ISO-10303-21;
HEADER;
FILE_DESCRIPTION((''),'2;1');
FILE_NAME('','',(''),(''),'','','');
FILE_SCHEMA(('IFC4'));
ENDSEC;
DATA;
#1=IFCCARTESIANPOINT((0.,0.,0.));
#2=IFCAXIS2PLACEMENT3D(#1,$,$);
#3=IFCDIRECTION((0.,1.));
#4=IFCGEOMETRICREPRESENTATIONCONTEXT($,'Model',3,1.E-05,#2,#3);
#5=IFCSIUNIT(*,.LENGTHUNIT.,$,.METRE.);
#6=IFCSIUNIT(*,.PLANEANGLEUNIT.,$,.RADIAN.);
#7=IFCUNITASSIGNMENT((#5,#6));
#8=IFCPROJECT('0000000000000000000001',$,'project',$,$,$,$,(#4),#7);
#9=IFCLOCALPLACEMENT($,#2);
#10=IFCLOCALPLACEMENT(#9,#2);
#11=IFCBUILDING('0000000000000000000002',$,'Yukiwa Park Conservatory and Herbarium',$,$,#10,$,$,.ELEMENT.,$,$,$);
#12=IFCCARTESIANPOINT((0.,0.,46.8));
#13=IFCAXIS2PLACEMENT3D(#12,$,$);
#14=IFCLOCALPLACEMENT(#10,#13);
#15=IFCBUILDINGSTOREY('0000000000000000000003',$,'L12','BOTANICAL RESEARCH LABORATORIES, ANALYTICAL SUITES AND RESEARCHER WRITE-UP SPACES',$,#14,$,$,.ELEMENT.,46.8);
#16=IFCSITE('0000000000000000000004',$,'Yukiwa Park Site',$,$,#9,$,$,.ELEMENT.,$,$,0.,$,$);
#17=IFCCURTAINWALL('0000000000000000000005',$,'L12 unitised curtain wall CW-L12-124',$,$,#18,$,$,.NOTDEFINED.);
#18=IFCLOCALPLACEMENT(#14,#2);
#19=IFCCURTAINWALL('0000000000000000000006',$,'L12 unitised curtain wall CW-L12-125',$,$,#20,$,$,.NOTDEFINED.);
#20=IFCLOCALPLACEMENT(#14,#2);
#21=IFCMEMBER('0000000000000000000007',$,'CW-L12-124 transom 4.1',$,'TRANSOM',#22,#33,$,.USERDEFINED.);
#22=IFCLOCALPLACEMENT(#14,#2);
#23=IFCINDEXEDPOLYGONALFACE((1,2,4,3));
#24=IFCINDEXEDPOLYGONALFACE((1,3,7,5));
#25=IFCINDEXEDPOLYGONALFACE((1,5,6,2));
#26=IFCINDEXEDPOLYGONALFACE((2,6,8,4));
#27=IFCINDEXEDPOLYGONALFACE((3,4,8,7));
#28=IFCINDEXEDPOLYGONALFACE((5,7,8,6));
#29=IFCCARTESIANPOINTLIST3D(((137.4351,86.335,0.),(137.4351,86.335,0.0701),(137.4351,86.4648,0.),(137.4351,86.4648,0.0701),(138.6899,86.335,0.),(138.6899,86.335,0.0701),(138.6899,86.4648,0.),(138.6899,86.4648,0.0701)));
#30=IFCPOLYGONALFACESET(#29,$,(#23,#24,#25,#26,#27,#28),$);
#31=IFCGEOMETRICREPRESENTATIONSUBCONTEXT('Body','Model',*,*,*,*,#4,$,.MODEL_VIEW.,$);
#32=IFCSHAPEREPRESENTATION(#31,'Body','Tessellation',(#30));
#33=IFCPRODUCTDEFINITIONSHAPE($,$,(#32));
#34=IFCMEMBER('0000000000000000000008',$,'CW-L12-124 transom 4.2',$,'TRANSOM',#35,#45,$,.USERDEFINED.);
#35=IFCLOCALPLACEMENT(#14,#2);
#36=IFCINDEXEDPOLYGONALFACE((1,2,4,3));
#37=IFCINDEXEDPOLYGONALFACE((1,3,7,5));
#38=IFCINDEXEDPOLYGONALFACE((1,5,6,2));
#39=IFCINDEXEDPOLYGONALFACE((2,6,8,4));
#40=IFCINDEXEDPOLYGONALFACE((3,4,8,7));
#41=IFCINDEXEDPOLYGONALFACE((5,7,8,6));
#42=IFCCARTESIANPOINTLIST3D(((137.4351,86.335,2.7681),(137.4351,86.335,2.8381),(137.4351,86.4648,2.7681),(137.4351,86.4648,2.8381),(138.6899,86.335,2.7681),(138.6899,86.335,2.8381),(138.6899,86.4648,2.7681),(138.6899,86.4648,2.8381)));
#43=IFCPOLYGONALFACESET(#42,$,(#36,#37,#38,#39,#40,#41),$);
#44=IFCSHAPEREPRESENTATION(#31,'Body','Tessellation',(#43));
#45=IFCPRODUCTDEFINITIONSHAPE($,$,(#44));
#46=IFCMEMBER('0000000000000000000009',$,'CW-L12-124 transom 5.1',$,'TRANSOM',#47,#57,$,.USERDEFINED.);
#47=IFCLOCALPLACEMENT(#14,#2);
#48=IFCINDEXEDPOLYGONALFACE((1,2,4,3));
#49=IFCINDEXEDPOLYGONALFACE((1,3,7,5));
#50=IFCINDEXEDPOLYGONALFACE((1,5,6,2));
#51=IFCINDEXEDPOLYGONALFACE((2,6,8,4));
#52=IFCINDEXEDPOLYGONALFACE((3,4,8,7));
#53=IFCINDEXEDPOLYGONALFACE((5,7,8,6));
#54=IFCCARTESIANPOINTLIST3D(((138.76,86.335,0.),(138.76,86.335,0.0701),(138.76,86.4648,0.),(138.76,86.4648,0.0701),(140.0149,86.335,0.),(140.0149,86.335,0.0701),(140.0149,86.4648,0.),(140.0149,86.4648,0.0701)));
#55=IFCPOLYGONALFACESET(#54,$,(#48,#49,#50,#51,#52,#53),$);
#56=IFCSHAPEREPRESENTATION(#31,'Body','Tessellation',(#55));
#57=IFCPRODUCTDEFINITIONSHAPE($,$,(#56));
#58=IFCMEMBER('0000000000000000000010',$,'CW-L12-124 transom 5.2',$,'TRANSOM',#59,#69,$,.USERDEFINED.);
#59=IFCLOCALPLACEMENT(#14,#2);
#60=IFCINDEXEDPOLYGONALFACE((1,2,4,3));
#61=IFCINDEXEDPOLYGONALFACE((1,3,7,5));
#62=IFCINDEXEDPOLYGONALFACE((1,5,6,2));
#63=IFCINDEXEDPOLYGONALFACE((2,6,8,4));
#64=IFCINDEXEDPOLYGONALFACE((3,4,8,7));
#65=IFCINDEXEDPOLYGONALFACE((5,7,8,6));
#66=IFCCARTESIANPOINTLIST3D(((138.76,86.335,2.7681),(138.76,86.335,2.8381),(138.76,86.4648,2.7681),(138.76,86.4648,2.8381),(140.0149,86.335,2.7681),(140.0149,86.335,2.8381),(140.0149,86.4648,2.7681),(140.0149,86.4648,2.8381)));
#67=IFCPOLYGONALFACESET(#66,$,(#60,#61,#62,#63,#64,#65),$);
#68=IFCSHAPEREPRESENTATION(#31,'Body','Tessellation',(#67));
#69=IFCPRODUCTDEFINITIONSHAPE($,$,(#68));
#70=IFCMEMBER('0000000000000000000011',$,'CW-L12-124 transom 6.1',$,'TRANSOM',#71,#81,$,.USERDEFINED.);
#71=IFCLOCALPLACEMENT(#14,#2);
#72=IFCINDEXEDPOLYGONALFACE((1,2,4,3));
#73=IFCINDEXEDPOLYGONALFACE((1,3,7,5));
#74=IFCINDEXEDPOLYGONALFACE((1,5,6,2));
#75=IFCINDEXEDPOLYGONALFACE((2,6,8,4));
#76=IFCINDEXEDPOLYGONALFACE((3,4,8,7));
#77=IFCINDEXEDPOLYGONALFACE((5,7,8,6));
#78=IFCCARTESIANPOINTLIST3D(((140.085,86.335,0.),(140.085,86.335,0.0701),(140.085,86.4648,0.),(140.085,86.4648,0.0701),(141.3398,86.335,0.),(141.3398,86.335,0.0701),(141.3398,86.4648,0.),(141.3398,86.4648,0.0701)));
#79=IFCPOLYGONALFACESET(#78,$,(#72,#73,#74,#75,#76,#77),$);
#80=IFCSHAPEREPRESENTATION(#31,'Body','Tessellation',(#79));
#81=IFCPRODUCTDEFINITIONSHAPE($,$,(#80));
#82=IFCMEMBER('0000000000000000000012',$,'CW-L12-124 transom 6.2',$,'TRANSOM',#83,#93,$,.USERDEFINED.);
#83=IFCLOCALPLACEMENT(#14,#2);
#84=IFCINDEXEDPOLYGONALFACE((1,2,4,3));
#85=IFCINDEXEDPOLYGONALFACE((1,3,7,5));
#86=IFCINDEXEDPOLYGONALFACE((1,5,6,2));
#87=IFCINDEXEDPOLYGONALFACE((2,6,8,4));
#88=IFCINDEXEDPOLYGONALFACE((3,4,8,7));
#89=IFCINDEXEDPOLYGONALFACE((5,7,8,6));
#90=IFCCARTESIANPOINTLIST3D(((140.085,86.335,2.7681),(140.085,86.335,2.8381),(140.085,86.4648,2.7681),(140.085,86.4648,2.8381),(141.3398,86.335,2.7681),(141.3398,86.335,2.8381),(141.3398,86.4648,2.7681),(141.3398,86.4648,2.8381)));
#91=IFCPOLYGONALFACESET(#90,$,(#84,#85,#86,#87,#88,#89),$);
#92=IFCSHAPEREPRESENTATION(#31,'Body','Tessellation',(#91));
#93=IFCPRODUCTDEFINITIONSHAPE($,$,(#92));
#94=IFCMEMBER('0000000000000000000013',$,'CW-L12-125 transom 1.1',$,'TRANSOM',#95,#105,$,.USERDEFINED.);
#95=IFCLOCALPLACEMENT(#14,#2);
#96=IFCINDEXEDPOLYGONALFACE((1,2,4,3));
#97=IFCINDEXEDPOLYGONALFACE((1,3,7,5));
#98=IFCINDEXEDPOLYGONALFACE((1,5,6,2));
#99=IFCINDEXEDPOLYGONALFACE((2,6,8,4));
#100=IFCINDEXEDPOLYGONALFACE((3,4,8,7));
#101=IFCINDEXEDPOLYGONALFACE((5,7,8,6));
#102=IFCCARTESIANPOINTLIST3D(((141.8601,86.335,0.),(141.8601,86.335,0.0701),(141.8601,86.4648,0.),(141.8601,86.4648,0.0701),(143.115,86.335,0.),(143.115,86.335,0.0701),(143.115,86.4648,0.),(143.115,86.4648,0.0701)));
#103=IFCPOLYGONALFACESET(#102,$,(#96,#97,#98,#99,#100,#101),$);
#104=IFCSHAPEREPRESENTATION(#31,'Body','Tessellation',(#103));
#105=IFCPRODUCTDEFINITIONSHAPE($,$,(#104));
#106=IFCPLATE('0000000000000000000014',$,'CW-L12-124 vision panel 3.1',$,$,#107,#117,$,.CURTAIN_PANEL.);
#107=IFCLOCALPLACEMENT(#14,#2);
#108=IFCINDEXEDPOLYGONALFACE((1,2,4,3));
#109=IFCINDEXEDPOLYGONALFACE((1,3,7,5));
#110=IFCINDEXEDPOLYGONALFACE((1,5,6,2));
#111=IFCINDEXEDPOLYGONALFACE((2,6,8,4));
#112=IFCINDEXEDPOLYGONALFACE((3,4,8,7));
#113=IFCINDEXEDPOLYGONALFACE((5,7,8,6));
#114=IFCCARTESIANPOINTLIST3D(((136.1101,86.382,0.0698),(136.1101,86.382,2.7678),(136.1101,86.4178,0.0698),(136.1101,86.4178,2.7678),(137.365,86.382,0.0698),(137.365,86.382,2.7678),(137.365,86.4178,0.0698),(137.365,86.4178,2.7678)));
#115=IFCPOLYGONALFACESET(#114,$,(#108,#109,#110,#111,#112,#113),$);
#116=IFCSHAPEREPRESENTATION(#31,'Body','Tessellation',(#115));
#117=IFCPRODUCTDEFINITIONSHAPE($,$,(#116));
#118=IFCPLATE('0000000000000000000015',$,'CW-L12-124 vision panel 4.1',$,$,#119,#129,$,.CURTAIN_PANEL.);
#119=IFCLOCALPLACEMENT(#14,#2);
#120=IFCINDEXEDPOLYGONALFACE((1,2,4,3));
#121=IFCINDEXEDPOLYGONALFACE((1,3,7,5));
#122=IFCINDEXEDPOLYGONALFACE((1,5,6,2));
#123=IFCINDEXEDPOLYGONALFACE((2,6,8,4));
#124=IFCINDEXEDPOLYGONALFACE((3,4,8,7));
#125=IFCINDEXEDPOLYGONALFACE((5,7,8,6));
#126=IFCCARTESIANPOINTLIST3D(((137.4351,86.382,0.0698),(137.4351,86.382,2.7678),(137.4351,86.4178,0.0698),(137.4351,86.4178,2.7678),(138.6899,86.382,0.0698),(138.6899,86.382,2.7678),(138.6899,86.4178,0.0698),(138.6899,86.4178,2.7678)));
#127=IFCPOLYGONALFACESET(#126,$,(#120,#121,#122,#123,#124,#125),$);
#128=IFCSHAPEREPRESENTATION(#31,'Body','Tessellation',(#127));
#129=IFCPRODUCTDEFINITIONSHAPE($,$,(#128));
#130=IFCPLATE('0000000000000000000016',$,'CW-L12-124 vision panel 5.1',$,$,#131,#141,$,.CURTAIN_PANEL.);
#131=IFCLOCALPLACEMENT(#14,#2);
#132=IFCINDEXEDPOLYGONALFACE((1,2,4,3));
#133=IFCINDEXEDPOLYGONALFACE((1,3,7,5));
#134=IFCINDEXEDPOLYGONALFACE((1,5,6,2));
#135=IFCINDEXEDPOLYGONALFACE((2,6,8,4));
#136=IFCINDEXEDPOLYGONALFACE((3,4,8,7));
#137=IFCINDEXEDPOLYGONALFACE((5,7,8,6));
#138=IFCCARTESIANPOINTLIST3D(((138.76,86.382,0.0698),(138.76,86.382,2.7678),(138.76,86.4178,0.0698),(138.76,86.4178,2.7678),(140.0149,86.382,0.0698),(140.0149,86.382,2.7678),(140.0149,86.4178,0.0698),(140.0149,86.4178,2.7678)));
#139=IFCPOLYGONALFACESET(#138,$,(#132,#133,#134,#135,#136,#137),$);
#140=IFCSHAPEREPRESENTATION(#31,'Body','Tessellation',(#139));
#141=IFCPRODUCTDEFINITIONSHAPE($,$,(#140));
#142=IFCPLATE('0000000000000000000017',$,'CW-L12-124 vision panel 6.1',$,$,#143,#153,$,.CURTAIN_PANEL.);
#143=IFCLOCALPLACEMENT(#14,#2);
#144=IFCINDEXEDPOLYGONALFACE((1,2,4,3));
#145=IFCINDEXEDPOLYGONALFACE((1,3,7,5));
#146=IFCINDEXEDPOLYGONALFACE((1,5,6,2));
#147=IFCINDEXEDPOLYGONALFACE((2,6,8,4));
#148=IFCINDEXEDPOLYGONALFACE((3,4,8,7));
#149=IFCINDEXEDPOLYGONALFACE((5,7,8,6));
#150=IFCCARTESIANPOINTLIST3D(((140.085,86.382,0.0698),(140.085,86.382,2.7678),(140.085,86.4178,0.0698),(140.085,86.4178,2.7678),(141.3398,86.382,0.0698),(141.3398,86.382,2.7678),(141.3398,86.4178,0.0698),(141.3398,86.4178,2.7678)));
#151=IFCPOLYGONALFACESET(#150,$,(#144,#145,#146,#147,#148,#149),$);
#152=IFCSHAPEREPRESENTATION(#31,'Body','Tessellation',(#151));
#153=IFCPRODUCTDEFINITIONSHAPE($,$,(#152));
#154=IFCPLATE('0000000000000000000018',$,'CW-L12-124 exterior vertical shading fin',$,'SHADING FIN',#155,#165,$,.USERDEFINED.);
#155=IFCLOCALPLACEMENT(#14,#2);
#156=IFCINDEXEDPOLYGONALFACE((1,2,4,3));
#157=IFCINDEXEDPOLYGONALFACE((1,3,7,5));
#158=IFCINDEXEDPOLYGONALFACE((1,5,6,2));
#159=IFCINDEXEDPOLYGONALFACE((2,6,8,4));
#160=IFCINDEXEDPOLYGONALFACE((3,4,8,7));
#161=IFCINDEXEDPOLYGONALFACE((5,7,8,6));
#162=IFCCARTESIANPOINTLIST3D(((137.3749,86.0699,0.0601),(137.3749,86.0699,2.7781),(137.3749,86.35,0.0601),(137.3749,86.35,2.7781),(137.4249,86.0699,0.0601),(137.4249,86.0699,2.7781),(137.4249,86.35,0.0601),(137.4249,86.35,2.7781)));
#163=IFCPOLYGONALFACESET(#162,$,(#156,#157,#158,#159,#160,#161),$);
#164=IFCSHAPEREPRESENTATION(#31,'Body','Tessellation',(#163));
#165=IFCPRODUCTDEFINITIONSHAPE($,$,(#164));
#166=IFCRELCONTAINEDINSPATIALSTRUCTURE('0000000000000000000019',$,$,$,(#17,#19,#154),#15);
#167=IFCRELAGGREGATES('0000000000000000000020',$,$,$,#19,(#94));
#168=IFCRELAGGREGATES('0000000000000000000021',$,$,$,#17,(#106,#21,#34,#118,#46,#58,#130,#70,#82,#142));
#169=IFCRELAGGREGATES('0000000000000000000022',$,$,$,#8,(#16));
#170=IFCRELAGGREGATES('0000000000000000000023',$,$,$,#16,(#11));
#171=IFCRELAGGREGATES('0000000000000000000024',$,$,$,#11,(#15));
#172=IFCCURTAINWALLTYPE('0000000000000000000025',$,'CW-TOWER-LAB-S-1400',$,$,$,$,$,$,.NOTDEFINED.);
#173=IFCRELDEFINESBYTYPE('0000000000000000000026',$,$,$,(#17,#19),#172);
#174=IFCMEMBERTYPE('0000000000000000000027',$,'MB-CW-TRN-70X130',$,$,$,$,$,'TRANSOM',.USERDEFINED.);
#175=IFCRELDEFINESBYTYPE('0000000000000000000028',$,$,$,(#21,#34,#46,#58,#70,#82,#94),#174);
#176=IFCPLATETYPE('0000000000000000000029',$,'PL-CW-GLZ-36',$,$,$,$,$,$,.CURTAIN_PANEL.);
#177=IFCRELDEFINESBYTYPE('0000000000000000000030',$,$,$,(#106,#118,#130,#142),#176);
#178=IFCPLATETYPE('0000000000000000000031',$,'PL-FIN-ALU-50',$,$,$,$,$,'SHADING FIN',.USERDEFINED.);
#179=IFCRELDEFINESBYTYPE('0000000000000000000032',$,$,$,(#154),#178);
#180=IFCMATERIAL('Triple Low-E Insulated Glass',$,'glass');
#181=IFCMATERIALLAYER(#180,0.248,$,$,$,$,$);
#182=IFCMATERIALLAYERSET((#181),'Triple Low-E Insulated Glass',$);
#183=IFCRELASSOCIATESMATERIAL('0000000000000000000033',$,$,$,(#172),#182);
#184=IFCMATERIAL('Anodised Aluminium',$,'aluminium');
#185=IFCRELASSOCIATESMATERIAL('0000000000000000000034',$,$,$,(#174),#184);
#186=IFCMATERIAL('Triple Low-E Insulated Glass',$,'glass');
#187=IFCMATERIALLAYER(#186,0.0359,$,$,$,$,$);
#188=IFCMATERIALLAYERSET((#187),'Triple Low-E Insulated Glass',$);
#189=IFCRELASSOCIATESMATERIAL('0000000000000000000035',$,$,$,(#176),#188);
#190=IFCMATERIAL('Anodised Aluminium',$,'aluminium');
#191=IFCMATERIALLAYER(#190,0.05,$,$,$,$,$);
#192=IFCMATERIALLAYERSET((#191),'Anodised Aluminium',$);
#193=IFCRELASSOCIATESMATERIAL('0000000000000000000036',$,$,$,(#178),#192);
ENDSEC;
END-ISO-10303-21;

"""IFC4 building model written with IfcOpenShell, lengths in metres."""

from ifc_helpers import new_model, si_unit, direction, frame, origin, origin_2d, place, context, subcontext, project, spatial, rectangle, extrude, material, layer, layer_set, type_object, element, aggregate, save


model = new_model("IFC4")

# Units and contexts
model_context = context("Model", 3, precision=1e-05, world=origin(), true_north=direction((0.0, 1.0)))
body_context = subcontext(model_context, "Body", "Model", "MODEL_VIEW")
ifc_project = project(units=[si_unit("LENGTHUNIT", "METRE"), si_unit("PLANEANGLEUNIT", "RADIAN")], contexts=[model_context])

# Site, building, storey
site_placement = place(None, origin())
site = spatial("IfcSite", under=ifc_project, at=site_placement, Name="Yukiwa Park Site", CompositionType="ELEMENT", RefElevation=0.0)
building_placement = place(site_placement, origin())
building = spatial("IfcBuilding", under=site, at=building_placement, Name="Yukiwa Park Conservatory and Herbarium", CompositionType="ELEMENT")
storey_placement = place(building_placement, frame((0.0, 0.0, 46.8)))
storey = spatial("IfcBuildingStorey", under=building, at=storey_placement, Name="L12", Description="BOTANICAL RESEARCH LABORATORIES, ANALYTICAL SUITES AND RESEARCHER WRITE-UP SPACES", CompositionType="ELEMENT", Elevation=46.8)

# Curtain wall
ifc_material_1 = material(Name="Triple Low-E Insulated Glass", Category="glass")
ifc_layer_1 = layer(ifc_material_1, 0.248)
ifc_layer_set_1 = layer_set([ifc_layer_1], Name="Triple Low-E Insulated Glass")
curtain_wall_type = type_object("IfcCurtainWallType", Name="CW-TOWER-LAB-S-1400", PredefinedType="NOTDEFINED", material=ifc_layer_set_1)
curtain_wall_1_placement = place(storey_placement, origin())
curtain_wall_1 = element("IfcCurtainWall", 1, at=curtain_wall_1_placement, inside=storey, type_object=curtain_wall_type, Name="L12 unitised curtain wall CW-L12-124", PredefinedType="NOTDEFINED")

# Curtain wall
curtain_wall_2_placement = place(storey_placement, origin())
curtain_wall_2 = element("IfcCurtainWall", 2, at=curtain_wall_2_placement, inside=storey, type_object=curtain_wall_type, Name="L12 unitised curtain wall CW-L12-125", PredefinedType="NOTDEFINED")

# Members
ifc_material_2 = material(Name="Anodised Aluminium", Category="aluminium")
member_type_1 = type_object("IfcMemberType", Name="MB-CW-TRN-70X130", ElementType="TRANSOM", PredefinedType="USERDEFINED", material=ifc_material_2)
member_1_placement = place(storey_placement, frame((138.0625, 86.3999, 0.0), z_axis=(0.0, 0.0, 1.0), x_axis=(1.0, 0.0, 0.0)))
member_1 = element("IfcMember", 3, at=member_1_placement, type_object=member_type_1, Name="CW-L12-124 transom 4.1", ObjectType="TRANSOM", PredefinedType="USERDEFINED", context=body_context, shape_type="SweptSolid", body=[
    extrude(rectangle(XDim=1.2549, YDim=0.1299, at=origin_2d()), origin(), (0.0, 0.0, 1.0), 0.0701),
])
member_2_placement = place(storey_placement, frame((138.0625, 86.3999, 2.7681), z_axis=(0.0, 0.0, 1.0), x_axis=(1.0, 0.0, 0.0)))
member_2 = element("IfcMember", 4, at=member_2_placement, type_object=member_type_1, Name="CW-L12-124 transom 4.2", ObjectType="TRANSOM", PredefinedType="USERDEFINED", context=body_context, shape_type="SweptSolid", body=[
    extrude(rectangle(XDim=1.2549, YDim=0.1299, at=origin_2d()), origin(), (0.0, 0.0, 1.0), 0.0701),
])
member_3_placement = place(storey_placement, frame((139.3875, 86.3999, 0.0), z_axis=(0.0, 0.0, 1.0), x_axis=(1.0, 0.0, 0.0)))
member_3 = element("IfcMember", 5, at=member_3_placement, type_object=member_type_1, Name="CW-L12-124 transom 5.1", ObjectType="TRANSOM", PredefinedType="USERDEFINED", context=body_context, shape_type="SweptSolid", body=[
    extrude(rectangle(XDim=1.2549, YDim=0.1299, at=origin_2d()), origin(), (0.0, 0.0, 1.0), 0.0701),
])
member_4_placement = place(storey_placement, frame((139.3875, 86.3999, 2.7681), z_axis=(0.0, 0.0, 1.0), x_axis=(1.0, 0.0, 0.0)))
member_4 = element("IfcMember", 6, at=member_4_placement, type_object=member_type_1, Name="CW-L12-124 transom 5.2", ObjectType="TRANSOM", PredefinedType="USERDEFINED", context=body_context, shape_type="SweptSolid", body=[
    extrude(rectangle(XDim=1.2549, YDim=0.1299, at=origin_2d()), origin(), (0.0, 0.0, 1.0), 0.0701),
])
member_5_placement = place(storey_placement, frame((140.7124, 86.3999, 0.0), z_axis=(0.0, 0.0, 1.0), x_axis=(1.0, 0.0, 0.0)))
member_5 = element("IfcMember", 7, at=member_5_placement, type_object=member_type_1, Name="CW-L12-124 transom 6.1", ObjectType="TRANSOM", PredefinedType="USERDEFINED", context=body_context, shape_type="SweptSolid", body=[
    extrude(rectangle(XDim=1.2549, YDim=0.1299, at=origin_2d()), origin(), (0.0, 0.0, 1.0), 0.0701),
])
member_6_placement = place(storey_placement, frame((140.7124, 86.3999, 2.7681), z_axis=(0.0, 0.0, 1.0), x_axis=(1.0, 0.0, 0.0)))
member_6 = element("IfcMember", 8, at=member_6_placement, type_object=member_type_1, Name="CW-L12-124 transom 6.2", ObjectType="TRANSOM", PredefinedType="USERDEFINED", context=body_context, shape_type="SweptSolid", body=[
    extrude(rectangle(XDim=1.2549, YDim=0.1299, at=origin_2d()), origin(), (0.0, 0.0, 1.0), 0.0701),
])
member_7_placement = place(storey_placement, frame((142.4875, 86.3999, 0.0), z_axis=(0.0, 0.0, 1.0), x_axis=(1.0, 0.0, 0.0)))
member_7 = element("IfcMember", 9, at=member_7_placement, type_object=member_type_1, Name="CW-L12-125 transom 1.1", ObjectType="TRANSOM", PredefinedType="USERDEFINED", context=body_context, shape_type="SweptSolid", body=[
    extrude(rectangle(XDim=1.2549, YDim=0.1299, at=origin_2d()), origin(), (0.0, 0.0, 1.0), 0.0701),
])
aggregate(curtain_wall_2, [member_7])

# Plates
ifc_material_3 = material(Name="Triple Low-E Insulated Glass", Category="glass")
ifc_layer_2 = layer(ifc_material_3, 0.0359)
ifc_layer_set_2 = layer_set([ifc_layer_2], Name="Triple Low-E Insulated Glass")
plate_type_1 = type_object("IfcPlateType", Name="PL-CW-GLZ-36", PredefinedType="CURTAIN_PANEL", material=ifc_layer_set_2)
plate_1_placement = place(storey_placement, frame((136.7375, 86.3999, 0.0698), z_axis=(0.0, 0.0, 1.0), x_axis=(1.0, 0.0, 0.0)))
plate_1 = element("IfcPlate", 10, at=plate_1_placement, type_object=plate_type_1, Name="CW-L12-124 vision panel 3.1", PredefinedType="CURTAIN_PANEL", context=body_context, shape_type="SweptSolid", body=[
    extrude(rectangle(XDim=1.2549, YDim=0.0359, at=origin_2d()), origin(), (0.0, 0.0, 1.0), 2.698),
])
plate_2_placement = place(storey_placement, frame((138.0625, 86.3999, 0.0698), z_axis=(0.0, 0.0, 1.0), x_axis=(1.0, 0.0, 0.0)))
plate_2 = element("IfcPlate", 11, at=plate_2_placement, type_object=plate_type_1, Name="CW-L12-124 vision panel 4.1", PredefinedType="CURTAIN_PANEL", context=body_context, shape_type="SweptSolid", body=[
    extrude(rectangle(XDim=1.2549, YDim=0.0359, at=origin_2d()), origin(), (0.0, 0.0, 1.0), 2.698),
])
plate_3_placement = place(storey_placement, frame((139.3875, 86.3999, 0.0698), z_axis=(0.0, 0.0, 1.0), x_axis=(1.0, 0.0, 0.0)))
plate_3 = element("IfcPlate", 12, at=plate_3_placement, type_object=plate_type_1, Name="CW-L12-124 vision panel 5.1", PredefinedType="CURTAIN_PANEL", context=body_context, shape_type="SweptSolid", body=[
    extrude(rectangle(XDim=1.2549, YDim=0.0359, at=origin_2d()), origin(), (0.0, 0.0, 1.0), 2.698),
])
plate_4_placement = place(storey_placement, frame((140.7124, 86.3999, 0.0698), z_axis=(0.0, 0.0, 1.0), x_axis=(1.0, 0.0, 0.0)))
plate_4 = element("IfcPlate", 13, at=plate_4_placement, type_object=plate_type_1, Name="CW-L12-124 vision panel 6.1", PredefinedType="CURTAIN_PANEL", context=body_context, shape_type="SweptSolid", body=[
    extrude(rectangle(XDim=1.2549, YDim=0.0359, at=origin_2d()), origin(), (0.0, 0.0, 1.0), 2.698),
])
aggregate(curtain_wall_1, [plate_1, member_1, member_2, plate_2, member_3, member_4, plate_3, member_5, member_6, plate_4])
ifc_material_4 = material(Name="Anodised Aluminium", Category="aluminium")
ifc_layer_3 = layer(ifc_material_4, 0.05)
ifc_layer_set_3 = layer_set([ifc_layer_3], Name="Anodised Aluminium")
plate_type_2 = type_object("IfcPlateType", Name="PL-FIN-ALU-50", ElementType="SHADING FIN", PredefinedType="USERDEFINED", material=ifc_layer_set_3)
plate_5_placement = place(storey_placement, frame((137.3999, 86.21, 0.0601), z_axis=(0.0, 0.0, 1.0), x_axis=(1.0, 0.0, 0.0)))
element("IfcPlate", 14, at=plate_5_placement, inside=storey, type_object=plate_type_2, Name="CW-L12-124 exterior vertical shading fin", ObjectType="SHADING FIN", PredefinedType="USERDEFINED", context=body_context, shape_type="SweptSolid", body=[
    extrude(rectangle(XDim=0.05, YDim=0.28, at=origin_2d()), origin(), (0.0, 0.0, 1.0), 2.718),
])

save(model, "model.ifc")
